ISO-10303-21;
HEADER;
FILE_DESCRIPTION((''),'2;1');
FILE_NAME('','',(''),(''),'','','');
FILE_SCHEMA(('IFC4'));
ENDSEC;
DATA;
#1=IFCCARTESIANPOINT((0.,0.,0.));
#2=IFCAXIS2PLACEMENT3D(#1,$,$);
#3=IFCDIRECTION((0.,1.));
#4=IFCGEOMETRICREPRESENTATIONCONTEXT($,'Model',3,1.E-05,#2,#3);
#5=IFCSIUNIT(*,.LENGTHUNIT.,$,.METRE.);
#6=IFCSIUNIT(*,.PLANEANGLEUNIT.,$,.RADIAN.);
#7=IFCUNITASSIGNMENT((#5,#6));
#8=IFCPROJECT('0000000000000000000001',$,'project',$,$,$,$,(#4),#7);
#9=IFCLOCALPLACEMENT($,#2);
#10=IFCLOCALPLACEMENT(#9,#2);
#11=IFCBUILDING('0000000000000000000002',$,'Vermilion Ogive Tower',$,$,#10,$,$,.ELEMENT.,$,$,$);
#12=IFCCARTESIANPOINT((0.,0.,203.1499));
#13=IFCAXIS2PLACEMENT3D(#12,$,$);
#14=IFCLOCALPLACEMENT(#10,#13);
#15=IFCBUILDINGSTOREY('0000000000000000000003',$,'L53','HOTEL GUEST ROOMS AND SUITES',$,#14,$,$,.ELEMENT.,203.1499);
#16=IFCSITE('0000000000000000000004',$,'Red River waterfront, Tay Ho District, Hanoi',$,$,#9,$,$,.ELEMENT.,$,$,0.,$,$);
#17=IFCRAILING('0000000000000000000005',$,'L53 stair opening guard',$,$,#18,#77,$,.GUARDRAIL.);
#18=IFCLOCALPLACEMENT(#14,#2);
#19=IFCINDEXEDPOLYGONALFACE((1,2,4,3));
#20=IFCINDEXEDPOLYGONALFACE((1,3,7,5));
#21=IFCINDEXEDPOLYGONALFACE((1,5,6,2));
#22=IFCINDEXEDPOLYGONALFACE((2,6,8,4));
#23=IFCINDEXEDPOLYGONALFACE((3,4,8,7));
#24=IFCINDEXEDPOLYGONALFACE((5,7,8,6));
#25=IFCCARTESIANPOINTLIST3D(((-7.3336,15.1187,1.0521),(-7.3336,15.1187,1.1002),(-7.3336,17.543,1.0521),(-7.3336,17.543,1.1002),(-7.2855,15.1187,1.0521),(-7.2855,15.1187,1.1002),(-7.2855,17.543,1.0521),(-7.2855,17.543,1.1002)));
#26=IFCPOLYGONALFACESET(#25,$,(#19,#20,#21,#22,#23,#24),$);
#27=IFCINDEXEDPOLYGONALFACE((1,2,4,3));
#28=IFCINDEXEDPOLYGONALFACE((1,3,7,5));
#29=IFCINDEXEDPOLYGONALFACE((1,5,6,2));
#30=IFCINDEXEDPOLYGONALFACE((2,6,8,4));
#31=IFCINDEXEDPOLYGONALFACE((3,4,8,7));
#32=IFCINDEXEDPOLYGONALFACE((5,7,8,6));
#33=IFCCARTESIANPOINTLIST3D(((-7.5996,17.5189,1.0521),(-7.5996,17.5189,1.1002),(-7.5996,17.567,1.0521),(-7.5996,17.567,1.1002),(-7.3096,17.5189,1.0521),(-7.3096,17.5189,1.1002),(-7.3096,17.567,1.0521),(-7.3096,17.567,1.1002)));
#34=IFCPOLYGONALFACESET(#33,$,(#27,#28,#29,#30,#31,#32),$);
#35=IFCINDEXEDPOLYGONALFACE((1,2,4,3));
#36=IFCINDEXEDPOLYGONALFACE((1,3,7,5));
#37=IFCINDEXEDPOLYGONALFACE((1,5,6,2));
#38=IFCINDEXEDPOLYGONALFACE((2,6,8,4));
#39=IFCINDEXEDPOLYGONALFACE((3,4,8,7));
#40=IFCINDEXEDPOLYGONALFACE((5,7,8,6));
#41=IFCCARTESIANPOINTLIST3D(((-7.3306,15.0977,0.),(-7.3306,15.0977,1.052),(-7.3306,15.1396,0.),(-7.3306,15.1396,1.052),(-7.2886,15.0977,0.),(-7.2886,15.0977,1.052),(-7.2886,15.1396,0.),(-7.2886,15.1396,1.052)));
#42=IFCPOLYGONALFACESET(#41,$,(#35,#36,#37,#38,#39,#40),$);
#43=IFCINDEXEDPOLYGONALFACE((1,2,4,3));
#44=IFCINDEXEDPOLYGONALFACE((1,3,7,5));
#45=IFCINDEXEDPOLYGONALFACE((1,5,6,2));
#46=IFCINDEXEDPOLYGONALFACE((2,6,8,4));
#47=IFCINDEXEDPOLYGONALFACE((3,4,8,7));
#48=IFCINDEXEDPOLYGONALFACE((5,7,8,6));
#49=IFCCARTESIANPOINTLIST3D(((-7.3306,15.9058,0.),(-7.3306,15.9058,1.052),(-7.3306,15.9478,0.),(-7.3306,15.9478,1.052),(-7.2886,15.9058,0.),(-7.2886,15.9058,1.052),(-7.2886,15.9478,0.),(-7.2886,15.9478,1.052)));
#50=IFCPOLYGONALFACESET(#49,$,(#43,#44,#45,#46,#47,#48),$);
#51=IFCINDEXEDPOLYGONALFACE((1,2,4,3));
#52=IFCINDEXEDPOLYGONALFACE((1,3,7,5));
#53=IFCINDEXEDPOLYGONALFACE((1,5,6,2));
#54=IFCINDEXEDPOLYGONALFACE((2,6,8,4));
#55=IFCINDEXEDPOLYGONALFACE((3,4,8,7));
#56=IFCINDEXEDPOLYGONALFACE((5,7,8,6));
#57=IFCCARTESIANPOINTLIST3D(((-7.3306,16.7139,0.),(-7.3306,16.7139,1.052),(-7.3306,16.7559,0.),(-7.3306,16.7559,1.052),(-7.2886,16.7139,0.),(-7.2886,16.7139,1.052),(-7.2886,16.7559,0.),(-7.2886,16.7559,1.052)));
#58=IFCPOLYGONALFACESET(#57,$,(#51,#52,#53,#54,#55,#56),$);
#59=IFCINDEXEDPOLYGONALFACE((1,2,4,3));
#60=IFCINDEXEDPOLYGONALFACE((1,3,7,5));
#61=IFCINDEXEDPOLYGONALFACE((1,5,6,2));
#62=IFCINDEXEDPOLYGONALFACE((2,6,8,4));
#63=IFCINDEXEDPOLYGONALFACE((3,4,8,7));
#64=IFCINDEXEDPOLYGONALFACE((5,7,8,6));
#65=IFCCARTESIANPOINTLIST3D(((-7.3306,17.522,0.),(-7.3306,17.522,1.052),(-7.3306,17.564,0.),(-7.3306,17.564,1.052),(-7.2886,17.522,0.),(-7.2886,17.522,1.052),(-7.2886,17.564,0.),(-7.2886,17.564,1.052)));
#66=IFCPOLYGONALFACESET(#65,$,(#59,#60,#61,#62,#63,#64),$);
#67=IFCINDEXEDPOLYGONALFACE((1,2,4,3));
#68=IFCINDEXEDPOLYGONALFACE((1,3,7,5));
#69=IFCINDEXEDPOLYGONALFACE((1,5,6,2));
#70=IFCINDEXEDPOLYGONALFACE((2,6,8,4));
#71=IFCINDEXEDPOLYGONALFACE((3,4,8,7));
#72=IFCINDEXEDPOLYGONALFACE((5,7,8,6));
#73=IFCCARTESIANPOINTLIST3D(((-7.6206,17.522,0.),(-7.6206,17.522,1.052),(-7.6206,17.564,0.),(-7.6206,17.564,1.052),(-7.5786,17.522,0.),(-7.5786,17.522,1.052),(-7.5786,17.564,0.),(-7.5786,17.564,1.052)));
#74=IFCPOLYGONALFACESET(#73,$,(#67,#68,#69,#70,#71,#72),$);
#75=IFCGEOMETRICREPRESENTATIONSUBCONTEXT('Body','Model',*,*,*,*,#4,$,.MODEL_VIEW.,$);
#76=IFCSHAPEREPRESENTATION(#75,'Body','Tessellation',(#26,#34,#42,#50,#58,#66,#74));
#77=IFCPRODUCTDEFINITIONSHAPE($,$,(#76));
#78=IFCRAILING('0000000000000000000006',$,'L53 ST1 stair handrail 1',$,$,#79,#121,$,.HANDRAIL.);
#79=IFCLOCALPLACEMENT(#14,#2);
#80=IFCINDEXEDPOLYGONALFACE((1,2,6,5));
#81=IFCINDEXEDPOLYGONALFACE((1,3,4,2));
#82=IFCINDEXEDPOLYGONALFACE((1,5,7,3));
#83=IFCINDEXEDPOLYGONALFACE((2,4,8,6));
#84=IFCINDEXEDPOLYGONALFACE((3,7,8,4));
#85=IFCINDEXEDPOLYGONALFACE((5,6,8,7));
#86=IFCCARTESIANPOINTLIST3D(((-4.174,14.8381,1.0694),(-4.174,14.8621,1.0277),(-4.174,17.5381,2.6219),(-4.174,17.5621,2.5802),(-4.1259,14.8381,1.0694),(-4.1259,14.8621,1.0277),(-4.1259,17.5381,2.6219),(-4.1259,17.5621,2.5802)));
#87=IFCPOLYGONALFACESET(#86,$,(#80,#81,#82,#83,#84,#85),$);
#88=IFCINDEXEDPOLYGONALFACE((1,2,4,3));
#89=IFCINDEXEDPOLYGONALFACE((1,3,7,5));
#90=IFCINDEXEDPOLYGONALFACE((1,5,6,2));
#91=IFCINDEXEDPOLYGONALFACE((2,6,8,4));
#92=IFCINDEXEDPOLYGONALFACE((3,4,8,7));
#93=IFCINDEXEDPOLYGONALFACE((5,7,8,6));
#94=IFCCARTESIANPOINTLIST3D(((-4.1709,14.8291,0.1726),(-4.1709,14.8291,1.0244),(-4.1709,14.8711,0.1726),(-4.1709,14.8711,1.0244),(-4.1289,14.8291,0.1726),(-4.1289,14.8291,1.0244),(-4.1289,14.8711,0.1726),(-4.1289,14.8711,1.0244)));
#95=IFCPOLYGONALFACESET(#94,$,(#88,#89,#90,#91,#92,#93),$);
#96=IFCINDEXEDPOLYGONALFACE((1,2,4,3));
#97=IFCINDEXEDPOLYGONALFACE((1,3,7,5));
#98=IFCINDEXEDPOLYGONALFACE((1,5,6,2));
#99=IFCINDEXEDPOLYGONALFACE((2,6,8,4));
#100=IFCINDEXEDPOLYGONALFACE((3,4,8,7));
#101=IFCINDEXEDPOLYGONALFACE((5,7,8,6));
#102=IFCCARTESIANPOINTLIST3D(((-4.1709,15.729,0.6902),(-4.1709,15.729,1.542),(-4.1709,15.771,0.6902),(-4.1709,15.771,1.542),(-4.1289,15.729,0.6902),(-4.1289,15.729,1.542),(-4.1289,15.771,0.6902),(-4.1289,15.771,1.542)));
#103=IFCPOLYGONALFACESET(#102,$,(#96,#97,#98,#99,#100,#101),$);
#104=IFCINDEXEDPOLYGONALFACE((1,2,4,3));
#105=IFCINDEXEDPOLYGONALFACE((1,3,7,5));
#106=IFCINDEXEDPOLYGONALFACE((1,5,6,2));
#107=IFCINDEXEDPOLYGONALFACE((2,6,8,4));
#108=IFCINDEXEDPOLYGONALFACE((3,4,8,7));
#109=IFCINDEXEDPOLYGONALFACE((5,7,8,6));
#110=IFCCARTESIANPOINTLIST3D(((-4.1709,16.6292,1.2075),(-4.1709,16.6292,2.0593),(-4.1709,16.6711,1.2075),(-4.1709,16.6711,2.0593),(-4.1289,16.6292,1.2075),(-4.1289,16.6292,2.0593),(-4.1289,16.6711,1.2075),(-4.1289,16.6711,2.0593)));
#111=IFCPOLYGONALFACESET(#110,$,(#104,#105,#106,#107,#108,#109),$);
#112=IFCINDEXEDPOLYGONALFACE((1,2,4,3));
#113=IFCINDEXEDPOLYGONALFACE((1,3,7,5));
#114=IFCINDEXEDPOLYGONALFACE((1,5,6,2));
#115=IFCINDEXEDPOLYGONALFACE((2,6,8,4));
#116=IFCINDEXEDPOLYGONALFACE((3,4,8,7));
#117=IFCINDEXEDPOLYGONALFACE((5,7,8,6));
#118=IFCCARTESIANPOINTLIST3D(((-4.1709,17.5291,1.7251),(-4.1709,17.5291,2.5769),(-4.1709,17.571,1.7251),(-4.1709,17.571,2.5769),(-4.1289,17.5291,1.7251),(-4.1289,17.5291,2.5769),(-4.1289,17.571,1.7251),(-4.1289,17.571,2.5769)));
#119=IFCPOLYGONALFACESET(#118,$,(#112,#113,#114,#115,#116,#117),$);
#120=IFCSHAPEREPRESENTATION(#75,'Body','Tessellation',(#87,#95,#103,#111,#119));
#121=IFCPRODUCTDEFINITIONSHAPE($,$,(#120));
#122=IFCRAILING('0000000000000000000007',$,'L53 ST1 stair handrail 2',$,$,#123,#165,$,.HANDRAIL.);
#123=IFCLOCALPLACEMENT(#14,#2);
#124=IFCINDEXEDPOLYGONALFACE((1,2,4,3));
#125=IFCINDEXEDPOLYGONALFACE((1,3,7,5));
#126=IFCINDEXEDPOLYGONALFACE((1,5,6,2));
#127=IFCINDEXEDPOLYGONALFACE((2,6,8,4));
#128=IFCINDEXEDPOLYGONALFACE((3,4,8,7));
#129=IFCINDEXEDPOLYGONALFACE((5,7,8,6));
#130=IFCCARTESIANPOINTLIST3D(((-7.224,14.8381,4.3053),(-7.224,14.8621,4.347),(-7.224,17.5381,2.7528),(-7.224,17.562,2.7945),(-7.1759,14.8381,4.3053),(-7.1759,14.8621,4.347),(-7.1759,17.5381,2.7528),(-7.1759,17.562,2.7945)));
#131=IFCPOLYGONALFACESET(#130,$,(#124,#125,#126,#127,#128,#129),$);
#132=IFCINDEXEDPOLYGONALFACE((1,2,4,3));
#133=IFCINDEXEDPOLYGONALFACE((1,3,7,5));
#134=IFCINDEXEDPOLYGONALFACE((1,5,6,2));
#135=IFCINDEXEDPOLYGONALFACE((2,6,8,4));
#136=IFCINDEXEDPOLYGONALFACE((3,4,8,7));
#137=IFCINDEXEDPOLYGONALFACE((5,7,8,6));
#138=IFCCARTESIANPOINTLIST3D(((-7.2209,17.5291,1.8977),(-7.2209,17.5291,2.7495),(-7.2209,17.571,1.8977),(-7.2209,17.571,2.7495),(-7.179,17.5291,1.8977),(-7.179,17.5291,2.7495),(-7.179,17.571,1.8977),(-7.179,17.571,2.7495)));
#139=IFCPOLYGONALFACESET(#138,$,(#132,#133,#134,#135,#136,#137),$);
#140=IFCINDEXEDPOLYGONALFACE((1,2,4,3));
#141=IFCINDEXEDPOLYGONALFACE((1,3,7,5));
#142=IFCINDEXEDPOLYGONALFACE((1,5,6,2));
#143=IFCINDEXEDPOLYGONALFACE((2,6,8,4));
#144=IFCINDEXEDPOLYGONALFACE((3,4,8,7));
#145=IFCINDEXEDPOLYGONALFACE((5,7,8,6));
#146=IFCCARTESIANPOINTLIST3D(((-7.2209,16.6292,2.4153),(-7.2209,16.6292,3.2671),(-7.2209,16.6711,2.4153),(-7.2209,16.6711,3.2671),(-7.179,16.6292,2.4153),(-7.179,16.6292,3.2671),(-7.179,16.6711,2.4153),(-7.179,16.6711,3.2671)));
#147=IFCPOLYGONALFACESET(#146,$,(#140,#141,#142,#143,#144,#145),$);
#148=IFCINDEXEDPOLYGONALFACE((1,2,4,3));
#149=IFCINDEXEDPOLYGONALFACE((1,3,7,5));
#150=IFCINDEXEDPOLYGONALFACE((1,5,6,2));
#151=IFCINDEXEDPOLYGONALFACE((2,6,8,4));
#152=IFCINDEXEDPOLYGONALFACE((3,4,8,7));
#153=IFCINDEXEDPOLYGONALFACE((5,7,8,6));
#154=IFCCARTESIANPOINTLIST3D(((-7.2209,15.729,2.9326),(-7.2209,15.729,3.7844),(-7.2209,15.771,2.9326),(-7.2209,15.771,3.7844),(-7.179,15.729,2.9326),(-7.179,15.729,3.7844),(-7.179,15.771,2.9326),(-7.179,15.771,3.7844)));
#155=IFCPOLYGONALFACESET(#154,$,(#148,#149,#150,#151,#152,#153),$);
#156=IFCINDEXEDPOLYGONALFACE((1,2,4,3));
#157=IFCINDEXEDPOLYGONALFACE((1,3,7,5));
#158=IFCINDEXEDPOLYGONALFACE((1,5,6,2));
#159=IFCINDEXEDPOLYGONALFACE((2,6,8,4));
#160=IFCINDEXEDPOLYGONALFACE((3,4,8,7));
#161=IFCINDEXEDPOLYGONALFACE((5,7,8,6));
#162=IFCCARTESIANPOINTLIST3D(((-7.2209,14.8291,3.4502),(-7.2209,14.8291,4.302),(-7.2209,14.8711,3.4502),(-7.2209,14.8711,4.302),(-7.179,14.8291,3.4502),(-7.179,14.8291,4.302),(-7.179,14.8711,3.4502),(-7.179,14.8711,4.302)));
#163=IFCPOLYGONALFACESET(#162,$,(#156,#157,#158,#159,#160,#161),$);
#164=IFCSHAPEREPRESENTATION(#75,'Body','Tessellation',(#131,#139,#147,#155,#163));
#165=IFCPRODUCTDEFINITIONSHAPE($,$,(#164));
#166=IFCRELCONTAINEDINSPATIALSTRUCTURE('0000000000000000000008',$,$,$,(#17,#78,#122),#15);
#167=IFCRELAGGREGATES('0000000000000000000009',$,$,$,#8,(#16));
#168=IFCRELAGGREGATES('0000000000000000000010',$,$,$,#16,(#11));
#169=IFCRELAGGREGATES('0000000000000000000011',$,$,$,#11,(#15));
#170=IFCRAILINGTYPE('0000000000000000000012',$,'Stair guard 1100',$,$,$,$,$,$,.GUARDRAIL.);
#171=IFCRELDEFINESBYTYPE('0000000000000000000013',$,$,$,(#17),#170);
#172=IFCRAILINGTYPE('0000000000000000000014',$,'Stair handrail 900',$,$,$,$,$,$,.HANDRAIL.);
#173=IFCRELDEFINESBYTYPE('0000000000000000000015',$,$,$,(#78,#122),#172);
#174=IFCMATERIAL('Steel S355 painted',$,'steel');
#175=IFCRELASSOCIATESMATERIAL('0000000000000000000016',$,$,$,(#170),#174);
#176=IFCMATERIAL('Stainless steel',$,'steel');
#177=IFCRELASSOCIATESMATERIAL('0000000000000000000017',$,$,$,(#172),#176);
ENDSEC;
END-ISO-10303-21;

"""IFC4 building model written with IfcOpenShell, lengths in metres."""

from ifc_helpers import new_model, si_unit, direction, frame, origin, origin_2d, place, context, subcontext, project, spatial, rectangle, extrude, material, type_object, element, save


model = new_model("IFC4")

# Units and contexts
model_context = context("Model", 3, precision=1e-05, world=origin(), true_north=direction((0.0, 1.0)))
body_context = subcontext(model_context, "Body", "Model", "MODEL_VIEW")
ifc_project = project(units=[si_unit("LENGTHUNIT", "METRE"), si_unit("PLANEANGLEUNIT", "RADIAN")], contexts=[model_context])

# Site, building, storey
site_placement = place(None, origin())
site = spatial("IfcSite", under=ifc_project, at=site_placement, Name="Red River waterfront, Tay Ho District, Hanoi", CompositionType="ELEMENT", RefElevation=0.0)
building_placement = place(site_placement, origin())
building = spatial("IfcBuilding", under=site, at=building_placement, Name="Vermilion Ogive Tower", CompositionType="ELEMENT")
storey_placement = place(building_placement, frame((0.0, 0.0, 203.1499)))
storey = spatial("IfcBuildingStorey", under=building, at=storey_placement, Name="L53", Description="HOTEL GUEST ROOMS AND SUITES", CompositionType="ELEMENT", Elevation=203.1499)

# Railings
ifc_material_1 = material(Name="Steel S355 painted", Category="steel")
railing_type_1 = type_object("IfcRailingType", Name="Stair guard 1100", PredefinedType="GUARDRAIL", material=ifc_material_1)
railing_1_placement = place(storey_placement, frame((-7.3096, 15.1187, 0.0)))
element("IfcRailing", 1, at=railing_1_placement, inside=storey, type_object=railing_type_1, Name="L53 stair opening guard", PredefinedType="GUARDRAIL", context=body_context, shape_type="SweptSolid", body=[
    extrude(rectangle(XDim=0.0481, YDim=0.0481, at=origin_2d()), frame((0.0, 0.0, 1.0762), z_axis=(0.0, 1.0, 0.0), x_axis=(-1.0, 0.0, 0.0)), (0.0, 0.0, 1.0), 2.4243),
    extrude(rectangle(XDim=0.0481, YDim=0.0481, at=origin_2d()), frame((0.0, 2.4243, 1.0762), z_axis=(-1.0, 0.0, 0.0), x_axis=(0.0, -1.0, 0.0)), (0.0, 0.0, 1.0), 0.29),
    extrude(rectangle(XDim=0.042, YDim=0.042, at=origin_2d()), origin(), (0.0, 0.0, 1.0), 1.052),
    extrude(rectangle(XDim=0.042, YDim=0.042, at=origin_2d()), frame((0.0, 0.8081, 0.0)), (0.0, 0.0, 1.0), 1.052),
    extrude(rectangle(XDim=0.042, YDim=0.042, at=origin_2d()), frame((0.0, 1.6162, 0.0)), (0.0, 0.0, 1.0), 1.052),
    extrude(rectangle(XDim=0.042, YDim=0.042, at=origin_2d()), frame((0.0, 2.4243, 0.0)), (0.0, 0.0, 1.0), 1.052),
    extrude(rectangle(XDim=0.042, YDim=0.042, at=origin_2d()), frame((-0.29, 2.4243, 0.0)), (0.0, 0.0, 1.0), 1.052),
])
ifc_material_2 = material(Name="Stainless steel", Category="steel")
railing_type_2 = type_object("IfcRailingType", Name="Stair handrail 900", PredefinedType="HANDRAIL", material=ifc_material_2)
railing_2_placement = place(storey_placement, frame((-4.1499, 14.8501, 0.1726)))
element("IfcRailing", 2, at=railing_2_placement, inside=storey, type_object=railing_type_2, Name="L53 ST1 stair handrail 1", PredefinedType="HANDRAIL", context=body_context, shape_type="SweptSolid", body=[
    extrude(rectangle(XDim=0.0481, YDim=0.0481, at=origin_2d()), frame((0.0, 0.0, 0.876), z_axis=(0.0, 0.866904, 0.498476), x_axis=(-1.0, 0.0, 0.0)), (0.0, 0.0, 1.0), 3.1145),
    extrude(rectangle(XDim=0.042, YDim=0.042, at=origin_2d()), origin(), (0.0, 0.0, 1.0), 0.8518),
    extrude(rectangle(XDim=0.042, YDim=0.042, at=origin_2d()), frame((0.0, 0.8999, 0.5176)), (0.0, 0.0, 1.0), 0.8518),
    extrude(rectangle(XDim=0.042, YDim=0.042, at=origin_2d()), frame((0.0, 1.8, 1.0349)), (0.0, 0.0, 1.0), 0.8518),
    extrude(rectangle(XDim=0.042, YDim=0.042, at=origin_2d()), frame((0.0, 2.7, 1.5525)), (0.0, 0.0, 1.0), 0.8518),
])
railing_3_placement = place(storey_placement, frame((-7.2, 17.55, 1.8977)))
element("IfcRailing", 3, at=railing_3_placement, inside=storey, type_object=railing_type_2, Name="L53 ST1 stair handrail 2", PredefinedType="HANDRAIL", context=body_context, shape_type="SweptSolid", body=[
    extrude(rectangle(XDim=0.0481, YDim=0.0481, at=origin_2d()), frame((0.0, 0.0, 0.876), z_axis=(0.0, -0.866904, 0.498476), x_axis=(1.0, 0.0, 0.0)), (0.0, 0.0, 1.0), 3.1145),
    extrude(rectangle(XDim=0.042, YDim=0.042, at=origin_2d()), origin(), (0.0, 0.0, 1.0), 0.8518),
    extrude(rectangle(XDim=0.042, YDim=0.042, at=origin_2d()), frame((0.0, -0.8999, 0.5176)), (0.0, 0.0, 1.0), 0.8518),
    extrude(rectangle(XDim=0.042, YDim=0.042, at=origin_2d()), frame((0.0, -1.8, 1.0349)), (0.0, 0.0, 1.0), 0.8518),
    extrude(rectangle(XDim=0.042, YDim=0.042, at=origin_2d()), frame((0.0, -2.7, 1.5525)), (0.0, 0.0, 1.0), 0.8518),
])

save(model, "model.ifc")
